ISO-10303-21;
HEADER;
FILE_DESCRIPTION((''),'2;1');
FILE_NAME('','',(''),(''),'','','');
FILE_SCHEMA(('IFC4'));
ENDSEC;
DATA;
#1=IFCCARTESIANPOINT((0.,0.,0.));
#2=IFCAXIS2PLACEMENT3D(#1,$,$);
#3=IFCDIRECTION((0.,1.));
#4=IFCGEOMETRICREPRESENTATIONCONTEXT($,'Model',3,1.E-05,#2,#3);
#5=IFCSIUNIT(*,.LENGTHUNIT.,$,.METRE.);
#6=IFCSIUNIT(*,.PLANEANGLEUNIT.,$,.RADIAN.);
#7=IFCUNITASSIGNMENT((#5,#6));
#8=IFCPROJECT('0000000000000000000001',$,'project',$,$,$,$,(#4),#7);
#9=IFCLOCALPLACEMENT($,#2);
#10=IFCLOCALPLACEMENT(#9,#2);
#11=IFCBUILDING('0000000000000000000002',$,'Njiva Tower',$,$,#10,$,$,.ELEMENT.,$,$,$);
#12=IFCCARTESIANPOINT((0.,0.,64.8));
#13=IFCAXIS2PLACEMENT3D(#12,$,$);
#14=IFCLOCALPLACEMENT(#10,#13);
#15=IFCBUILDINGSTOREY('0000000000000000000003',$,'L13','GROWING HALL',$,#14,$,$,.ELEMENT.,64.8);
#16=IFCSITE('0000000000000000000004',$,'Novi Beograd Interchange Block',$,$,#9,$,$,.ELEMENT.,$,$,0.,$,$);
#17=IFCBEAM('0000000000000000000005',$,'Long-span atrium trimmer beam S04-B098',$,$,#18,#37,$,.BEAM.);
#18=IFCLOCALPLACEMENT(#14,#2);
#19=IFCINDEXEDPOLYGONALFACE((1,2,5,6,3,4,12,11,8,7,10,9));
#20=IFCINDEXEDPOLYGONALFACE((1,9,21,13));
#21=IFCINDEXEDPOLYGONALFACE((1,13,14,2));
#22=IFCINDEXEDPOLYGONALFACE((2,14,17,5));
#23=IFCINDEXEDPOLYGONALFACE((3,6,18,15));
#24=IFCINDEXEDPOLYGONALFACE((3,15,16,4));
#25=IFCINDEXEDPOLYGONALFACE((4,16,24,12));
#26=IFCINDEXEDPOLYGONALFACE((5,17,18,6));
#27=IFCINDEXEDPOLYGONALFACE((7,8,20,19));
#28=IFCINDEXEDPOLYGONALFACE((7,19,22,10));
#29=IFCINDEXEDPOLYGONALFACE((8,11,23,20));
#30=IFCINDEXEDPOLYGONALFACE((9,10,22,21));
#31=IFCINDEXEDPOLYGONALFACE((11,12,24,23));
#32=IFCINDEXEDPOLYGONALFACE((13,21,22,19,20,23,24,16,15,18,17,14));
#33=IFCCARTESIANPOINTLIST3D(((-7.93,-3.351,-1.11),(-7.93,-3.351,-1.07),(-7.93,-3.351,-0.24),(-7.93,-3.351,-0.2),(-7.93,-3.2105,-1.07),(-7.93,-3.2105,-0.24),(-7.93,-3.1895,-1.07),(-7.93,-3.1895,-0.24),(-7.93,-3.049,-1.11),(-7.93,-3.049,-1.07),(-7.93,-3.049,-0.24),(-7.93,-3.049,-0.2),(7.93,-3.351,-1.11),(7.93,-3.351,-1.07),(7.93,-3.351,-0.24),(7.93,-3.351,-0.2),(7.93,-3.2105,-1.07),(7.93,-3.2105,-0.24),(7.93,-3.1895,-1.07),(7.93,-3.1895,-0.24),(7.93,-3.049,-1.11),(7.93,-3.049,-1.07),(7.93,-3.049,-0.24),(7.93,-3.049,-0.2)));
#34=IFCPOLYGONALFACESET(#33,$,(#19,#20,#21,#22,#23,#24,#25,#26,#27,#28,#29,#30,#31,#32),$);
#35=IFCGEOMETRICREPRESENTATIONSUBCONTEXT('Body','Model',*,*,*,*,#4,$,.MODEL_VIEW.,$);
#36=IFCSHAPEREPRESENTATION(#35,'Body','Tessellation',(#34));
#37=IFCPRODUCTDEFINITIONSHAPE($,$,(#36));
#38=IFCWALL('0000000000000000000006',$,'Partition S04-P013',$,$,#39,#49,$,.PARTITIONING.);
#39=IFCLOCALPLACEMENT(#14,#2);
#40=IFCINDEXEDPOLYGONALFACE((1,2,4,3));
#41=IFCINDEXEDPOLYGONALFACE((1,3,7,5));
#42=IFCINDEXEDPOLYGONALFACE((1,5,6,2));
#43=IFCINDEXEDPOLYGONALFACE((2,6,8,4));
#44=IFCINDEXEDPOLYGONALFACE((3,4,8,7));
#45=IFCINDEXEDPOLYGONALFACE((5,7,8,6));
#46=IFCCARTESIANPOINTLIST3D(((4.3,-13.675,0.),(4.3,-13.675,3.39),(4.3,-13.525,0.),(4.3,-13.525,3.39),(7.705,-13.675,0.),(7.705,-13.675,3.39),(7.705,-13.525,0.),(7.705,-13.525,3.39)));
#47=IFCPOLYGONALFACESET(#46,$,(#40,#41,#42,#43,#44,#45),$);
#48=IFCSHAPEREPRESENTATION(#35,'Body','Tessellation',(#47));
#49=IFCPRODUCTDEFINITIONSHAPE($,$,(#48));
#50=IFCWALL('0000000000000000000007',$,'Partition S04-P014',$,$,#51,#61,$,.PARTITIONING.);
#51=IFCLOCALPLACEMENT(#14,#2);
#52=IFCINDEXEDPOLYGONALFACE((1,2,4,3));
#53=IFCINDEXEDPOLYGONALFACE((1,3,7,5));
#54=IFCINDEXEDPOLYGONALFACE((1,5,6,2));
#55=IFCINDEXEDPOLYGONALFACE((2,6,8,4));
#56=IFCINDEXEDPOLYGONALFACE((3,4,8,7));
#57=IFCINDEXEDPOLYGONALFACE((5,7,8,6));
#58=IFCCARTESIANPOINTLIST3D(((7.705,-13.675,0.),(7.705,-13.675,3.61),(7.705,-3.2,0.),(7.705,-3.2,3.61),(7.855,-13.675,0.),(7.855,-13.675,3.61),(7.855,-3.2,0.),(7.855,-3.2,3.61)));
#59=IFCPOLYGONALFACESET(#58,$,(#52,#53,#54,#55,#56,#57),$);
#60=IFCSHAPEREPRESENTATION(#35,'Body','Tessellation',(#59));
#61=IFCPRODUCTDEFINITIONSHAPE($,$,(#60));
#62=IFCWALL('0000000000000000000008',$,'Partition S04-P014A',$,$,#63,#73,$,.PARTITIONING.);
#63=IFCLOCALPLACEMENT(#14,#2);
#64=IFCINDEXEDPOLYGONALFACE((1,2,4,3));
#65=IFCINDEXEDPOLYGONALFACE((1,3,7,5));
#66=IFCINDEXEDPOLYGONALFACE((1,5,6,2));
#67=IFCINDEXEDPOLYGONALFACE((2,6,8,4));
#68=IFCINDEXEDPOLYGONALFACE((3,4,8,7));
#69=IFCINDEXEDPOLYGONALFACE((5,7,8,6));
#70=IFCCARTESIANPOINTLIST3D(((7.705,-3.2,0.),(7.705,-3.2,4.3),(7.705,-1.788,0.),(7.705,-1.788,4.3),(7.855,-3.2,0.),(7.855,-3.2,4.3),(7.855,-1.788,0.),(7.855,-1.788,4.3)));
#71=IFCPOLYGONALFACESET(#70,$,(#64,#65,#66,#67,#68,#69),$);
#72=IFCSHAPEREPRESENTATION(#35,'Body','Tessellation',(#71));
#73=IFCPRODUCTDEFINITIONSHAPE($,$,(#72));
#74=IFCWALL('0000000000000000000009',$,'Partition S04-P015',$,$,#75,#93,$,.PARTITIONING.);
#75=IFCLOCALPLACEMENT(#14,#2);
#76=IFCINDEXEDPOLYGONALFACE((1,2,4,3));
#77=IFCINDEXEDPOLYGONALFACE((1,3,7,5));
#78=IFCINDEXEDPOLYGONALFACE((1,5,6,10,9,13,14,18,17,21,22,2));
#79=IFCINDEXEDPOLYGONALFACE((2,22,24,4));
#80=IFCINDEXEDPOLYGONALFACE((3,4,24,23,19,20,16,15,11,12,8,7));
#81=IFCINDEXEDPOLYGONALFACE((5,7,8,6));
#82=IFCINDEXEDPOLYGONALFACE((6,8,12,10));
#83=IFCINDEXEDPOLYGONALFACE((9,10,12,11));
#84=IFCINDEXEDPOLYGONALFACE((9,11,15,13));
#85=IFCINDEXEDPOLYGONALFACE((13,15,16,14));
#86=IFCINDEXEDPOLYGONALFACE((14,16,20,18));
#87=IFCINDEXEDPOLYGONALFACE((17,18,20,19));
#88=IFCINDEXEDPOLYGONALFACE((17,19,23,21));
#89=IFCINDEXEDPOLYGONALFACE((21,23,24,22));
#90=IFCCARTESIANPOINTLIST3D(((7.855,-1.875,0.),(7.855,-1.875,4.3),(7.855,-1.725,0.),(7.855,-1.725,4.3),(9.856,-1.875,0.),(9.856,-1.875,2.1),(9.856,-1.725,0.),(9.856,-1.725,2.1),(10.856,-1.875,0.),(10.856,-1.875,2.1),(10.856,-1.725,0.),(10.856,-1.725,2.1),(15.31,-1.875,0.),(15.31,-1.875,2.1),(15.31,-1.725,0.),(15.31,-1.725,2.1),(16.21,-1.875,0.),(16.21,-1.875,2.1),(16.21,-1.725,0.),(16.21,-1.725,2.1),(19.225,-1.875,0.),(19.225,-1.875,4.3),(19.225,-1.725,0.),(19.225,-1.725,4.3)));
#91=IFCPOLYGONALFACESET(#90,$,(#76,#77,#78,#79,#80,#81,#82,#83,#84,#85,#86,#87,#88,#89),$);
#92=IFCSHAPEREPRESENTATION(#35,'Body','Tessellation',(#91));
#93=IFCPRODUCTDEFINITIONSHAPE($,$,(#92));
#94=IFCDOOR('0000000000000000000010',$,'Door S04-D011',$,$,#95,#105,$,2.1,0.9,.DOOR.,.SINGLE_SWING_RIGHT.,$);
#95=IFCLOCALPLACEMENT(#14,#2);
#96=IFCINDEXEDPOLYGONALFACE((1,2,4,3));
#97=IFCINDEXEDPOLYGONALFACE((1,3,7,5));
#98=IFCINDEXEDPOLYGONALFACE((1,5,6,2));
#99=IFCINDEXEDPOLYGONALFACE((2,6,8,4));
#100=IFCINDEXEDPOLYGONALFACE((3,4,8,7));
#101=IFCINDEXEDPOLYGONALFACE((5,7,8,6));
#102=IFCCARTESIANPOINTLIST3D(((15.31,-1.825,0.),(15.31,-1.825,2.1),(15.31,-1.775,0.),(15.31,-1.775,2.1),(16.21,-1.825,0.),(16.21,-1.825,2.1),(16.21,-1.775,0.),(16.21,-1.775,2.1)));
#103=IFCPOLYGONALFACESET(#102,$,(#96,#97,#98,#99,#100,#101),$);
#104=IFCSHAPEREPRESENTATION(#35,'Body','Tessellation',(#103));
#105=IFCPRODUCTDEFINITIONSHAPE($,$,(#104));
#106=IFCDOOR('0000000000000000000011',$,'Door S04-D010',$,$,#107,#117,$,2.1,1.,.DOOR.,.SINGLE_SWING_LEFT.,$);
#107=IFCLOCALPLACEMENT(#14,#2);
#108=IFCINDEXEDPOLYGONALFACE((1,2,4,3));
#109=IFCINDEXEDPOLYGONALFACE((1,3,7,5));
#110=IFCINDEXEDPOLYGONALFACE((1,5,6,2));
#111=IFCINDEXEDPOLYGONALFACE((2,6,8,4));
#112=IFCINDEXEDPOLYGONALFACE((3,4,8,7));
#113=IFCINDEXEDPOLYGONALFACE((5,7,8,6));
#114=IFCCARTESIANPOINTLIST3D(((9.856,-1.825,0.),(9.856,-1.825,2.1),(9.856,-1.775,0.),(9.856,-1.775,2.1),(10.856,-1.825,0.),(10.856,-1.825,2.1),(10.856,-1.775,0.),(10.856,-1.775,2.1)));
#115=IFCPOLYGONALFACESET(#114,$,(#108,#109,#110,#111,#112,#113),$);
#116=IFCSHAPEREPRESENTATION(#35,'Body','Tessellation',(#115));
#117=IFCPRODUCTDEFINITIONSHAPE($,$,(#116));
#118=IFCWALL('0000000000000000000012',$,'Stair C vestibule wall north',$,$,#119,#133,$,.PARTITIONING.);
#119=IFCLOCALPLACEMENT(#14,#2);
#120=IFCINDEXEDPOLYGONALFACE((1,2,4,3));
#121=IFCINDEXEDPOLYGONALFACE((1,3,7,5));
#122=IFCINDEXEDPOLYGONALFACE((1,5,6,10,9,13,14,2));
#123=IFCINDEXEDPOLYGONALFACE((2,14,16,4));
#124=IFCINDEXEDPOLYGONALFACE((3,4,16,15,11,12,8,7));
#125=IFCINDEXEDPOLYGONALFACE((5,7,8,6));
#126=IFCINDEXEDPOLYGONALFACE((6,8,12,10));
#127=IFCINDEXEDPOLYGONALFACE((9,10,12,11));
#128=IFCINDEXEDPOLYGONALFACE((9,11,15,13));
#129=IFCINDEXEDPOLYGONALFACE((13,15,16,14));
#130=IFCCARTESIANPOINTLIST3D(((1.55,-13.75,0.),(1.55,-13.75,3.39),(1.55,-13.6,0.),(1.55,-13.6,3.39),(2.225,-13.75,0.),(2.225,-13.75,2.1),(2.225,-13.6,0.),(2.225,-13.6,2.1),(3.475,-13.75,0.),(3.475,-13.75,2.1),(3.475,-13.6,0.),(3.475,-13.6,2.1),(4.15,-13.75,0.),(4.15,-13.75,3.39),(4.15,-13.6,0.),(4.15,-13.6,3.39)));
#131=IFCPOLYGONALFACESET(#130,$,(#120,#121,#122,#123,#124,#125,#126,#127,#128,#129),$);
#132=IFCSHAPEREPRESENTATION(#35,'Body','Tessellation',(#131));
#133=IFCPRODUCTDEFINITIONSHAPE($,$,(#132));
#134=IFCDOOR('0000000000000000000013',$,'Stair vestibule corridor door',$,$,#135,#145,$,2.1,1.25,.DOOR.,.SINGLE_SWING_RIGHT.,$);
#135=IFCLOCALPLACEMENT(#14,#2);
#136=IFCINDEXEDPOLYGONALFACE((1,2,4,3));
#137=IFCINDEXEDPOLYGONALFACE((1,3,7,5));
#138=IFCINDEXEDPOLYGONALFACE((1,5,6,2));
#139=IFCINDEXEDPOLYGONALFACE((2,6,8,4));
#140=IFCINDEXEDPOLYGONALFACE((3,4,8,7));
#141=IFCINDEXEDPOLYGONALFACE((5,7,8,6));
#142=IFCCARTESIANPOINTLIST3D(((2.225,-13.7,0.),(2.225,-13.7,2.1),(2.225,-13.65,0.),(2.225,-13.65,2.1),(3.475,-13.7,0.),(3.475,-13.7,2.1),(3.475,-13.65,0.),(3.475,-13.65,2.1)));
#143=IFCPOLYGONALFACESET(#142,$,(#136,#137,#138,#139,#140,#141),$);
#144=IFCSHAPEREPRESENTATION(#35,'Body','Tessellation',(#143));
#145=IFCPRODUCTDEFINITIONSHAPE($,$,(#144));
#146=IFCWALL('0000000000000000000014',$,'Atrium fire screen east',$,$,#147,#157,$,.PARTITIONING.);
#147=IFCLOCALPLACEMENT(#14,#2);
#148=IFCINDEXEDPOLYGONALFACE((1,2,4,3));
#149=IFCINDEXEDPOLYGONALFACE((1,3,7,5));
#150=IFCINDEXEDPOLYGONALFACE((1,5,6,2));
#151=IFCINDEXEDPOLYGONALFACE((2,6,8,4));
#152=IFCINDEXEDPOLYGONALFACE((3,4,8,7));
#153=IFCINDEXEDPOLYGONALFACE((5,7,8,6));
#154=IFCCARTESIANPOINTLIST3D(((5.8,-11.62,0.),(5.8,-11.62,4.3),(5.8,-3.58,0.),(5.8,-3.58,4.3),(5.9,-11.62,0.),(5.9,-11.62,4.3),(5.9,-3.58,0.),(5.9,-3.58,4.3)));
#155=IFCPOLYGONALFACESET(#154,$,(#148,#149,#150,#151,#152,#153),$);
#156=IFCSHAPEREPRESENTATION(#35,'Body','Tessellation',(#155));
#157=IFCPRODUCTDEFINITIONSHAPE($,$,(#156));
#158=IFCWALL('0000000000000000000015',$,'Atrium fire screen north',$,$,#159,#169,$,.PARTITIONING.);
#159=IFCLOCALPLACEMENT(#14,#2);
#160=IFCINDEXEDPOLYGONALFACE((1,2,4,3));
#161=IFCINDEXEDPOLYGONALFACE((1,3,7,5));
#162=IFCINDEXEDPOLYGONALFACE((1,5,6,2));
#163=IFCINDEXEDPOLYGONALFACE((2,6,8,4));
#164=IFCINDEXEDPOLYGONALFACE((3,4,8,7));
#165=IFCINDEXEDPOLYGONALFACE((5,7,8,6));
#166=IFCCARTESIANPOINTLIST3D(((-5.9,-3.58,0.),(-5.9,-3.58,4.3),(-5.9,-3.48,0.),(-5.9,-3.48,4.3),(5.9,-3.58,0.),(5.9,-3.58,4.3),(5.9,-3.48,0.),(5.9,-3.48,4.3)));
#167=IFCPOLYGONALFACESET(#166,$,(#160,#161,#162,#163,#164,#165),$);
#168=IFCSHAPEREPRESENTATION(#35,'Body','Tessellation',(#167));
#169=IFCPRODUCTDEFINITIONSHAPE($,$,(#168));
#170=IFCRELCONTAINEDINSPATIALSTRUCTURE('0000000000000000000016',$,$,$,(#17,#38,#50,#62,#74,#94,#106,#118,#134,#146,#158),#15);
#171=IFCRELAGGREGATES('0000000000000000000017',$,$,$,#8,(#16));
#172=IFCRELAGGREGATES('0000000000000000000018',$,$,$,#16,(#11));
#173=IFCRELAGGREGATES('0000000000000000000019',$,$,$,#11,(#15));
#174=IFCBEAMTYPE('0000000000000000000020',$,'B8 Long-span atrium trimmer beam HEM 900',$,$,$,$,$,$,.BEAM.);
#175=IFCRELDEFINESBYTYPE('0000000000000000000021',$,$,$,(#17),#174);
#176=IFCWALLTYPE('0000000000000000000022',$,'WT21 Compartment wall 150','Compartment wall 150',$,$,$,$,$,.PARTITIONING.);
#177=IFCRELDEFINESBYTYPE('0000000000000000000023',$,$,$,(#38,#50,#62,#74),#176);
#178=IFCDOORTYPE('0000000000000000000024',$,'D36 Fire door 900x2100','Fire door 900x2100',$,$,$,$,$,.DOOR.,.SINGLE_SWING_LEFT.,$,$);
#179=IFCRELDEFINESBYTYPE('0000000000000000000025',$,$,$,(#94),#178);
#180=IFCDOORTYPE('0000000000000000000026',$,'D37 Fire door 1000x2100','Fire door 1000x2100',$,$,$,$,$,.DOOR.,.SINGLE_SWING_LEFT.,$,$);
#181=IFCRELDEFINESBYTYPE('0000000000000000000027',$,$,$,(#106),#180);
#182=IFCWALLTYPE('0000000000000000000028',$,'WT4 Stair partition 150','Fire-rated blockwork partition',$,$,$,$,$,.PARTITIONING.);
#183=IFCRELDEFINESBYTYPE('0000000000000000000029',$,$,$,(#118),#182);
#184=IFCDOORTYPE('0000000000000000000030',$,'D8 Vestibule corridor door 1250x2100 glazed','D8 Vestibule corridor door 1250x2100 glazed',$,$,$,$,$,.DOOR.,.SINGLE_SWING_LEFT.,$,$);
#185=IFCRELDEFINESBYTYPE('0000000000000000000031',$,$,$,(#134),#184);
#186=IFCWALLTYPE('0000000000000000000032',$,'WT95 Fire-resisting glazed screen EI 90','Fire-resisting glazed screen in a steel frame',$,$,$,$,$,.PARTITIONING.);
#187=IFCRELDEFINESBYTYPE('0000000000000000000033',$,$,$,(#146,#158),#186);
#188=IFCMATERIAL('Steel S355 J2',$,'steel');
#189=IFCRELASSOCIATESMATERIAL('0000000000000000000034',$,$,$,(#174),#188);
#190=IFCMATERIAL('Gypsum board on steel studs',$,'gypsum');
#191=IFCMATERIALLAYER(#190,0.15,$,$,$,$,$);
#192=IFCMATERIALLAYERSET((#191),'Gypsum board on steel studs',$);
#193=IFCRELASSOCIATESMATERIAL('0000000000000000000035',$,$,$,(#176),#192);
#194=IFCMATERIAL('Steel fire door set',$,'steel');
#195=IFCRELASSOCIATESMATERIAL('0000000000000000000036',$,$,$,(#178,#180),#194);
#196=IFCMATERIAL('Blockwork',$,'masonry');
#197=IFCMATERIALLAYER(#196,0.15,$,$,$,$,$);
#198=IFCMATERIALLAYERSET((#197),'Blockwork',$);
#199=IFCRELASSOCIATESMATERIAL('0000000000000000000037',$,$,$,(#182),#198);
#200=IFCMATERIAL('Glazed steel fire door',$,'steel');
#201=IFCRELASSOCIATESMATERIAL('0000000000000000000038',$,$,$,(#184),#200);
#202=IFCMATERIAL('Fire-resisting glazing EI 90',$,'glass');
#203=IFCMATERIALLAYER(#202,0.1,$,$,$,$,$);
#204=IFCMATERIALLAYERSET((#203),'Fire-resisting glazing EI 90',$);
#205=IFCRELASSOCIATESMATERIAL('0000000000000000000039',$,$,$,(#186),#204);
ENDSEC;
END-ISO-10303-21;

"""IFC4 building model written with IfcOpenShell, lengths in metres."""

from ifc_helpers import new_model, si_unit, direction, frame, frame_2d, origin, origin_2d, place, context, subcontext, project, spatial, rectangle, i_section, extrude, material, layer, layer_set, material_profile, profile_set, type_object, element, fill, save


model = new_model("IFC4")

# Units and contexts
model_context = context("Model", 3, precision=1e-05, world=origin(), true_north=direction((0.0, 1.0)))
body_context = subcontext(model_context, "Body", "Model", "MODEL_VIEW")
ifc_project = project(units=[si_unit("LENGTHUNIT", "METRE"), si_unit("PLANEANGLEUNIT", "RADIAN")], contexts=[model_context])

# Site, building, storey
site_placement = place(None, origin())
site = spatial("IfcSite", under=ifc_project, at=site_placement, Name="Novi Beograd Interchange Block", CompositionType="ELEMENT", RefElevation=0.0)
building_placement = place(site_placement, origin())
building = spatial("IfcBuilding", under=site, at=building_placement, Name="Njiva Tower", CompositionType="ELEMENT")
storey_placement = place(building_placement, frame((0.0, 0.0, 64.8)))
storey = spatial("IfcBuildingStorey", under=building, at=storey_placement, Name="L13", Description="GROWING HALL", CompositionType="ELEMENT", Elevation=64.8)

# Shared definitions
ifc_material_1 = material(Name="Steel S355 J2", Category="steel")

# Beam
ifc_material_profile_1 = material_profile(ifc_material_1, i_section(OverallWidth=0.302, OverallDepth=0.91, WebThickness=0.021, FlangeThickness=0.04, at=origin_2d()), Name="HEM 900")
ifc_profile_set_1 = profile_set([ifc_material_profile_1], Name="Steel S355 J2")
beam_type_1 = type_object("IfcBeamType", Name="B8 Long-span atrium trimmer beam HEM 900", PredefinedType="BEAM", material=ifc_profile_set_1)
beam_1_placement = place(storey_placement, frame((7.93, -3.2, -0.655), z_axis=(-1.0, 0.0, 0.0), x_axis=(0.0, -1.0, 0.0)))
element("IfcBeam", 1, at=beam_1_placement, inside=storey, type_object=beam_type_1, Name="Long-span atrium trimmer beam S04-B098", PredefinedType="BEAM", context=body_context, shape_type="SweptSolid", body=[
    extrude(i_section(OverallWidth=0.302, OverallDepth=0.91, WebThickness=0.021, FlangeThickness=0.04, at=origin_2d()), origin(), (0.0, 0.0, 1.0), 15.86),
])

# Walls
ifc_material_2 = material(Name="Gypsum board on steel studs", Category="gypsum")
ifc_layer_1 = layer(ifc_material_2, 0.15)
ifc_layer_set_1 = layer_set([ifc_layer_1], Name="Gypsum board on steel studs")
wall_type_1 = type_object("IfcWallType", Name="WT21 Compartment wall 150", Description="Compartment wall 150", PredefinedType="PARTITIONING", material=ifc_layer_set_1)
wall_1_placement = place(storey_placement, frame((4.3, -13.6, 0.0), z_axis=(0.0, 0.0, 1.0), x_axis=(1.0, 0.0, 0.0)))
element("IfcWall", 2, at=wall_1_placement, inside=storey, type_object=wall_type_1, Name="Partition S04-P013", PredefinedType="PARTITIONING", context=body_context, shape_type="SweptSolid", body=[
    extrude(rectangle(XDim=3.405, YDim=0.15, at=frame_2d((1.7025, 0.0))), origin(), (0.0, 0.0, 1.0), 3.39),
])
wall_2_placement = place(storey_placement, frame((7.78, -13.675, 0.0), z_axis=(0.0, 0.0, 1.0), x_axis=(0.0, 1.0, 0.0)))
element("IfcWall", 3, at=wall_2_placement, inside=storey, type_object=wall_type_1, Name="Partition S04-P014", PredefinedType="PARTITIONING", context=body_context, shape_type="SweptSolid", body=[
    extrude(rectangle(XDim=10.475, YDim=0.15, at=frame_2d((5.2375, 0.0))), origin(), (0.0, 0.0, 1.0), 3.61),
])
wall_3_placement = place(storey_placement, frame((7.78, -3.2, 0.0), z_axis=(0.0, 0.0, 1.0), x_axis=(0.0, 1.0, 0.0)))
element("IfcWall", 4, at=wall_3_placement, inside=storey, type_object=wall_type_1, Name="Partition S04-P014A", PredefinedType="PARTITIONING", context=body_context, shape_type="SweptSolid", body=[
    extrude(rectangle(XDim=1.412, YDim=0.15, at=frame_2d((0.706, 0.0))), origin(), (0.0, 0.0, 1.0), 4.3),
])

# Wall, openings, doors
wall_4_placement = place(storey_placement, frame((7.855, -1.8, 0.0), z_axis=(0.0, 0.0, 1.0), x_axis=(1.0, 0.0, 0.0)))
wall_4 = element("IfcWall", 5, at=wall_4_placement, inside=storey, type_object=wall_type_1, Name="Partition S04-P015", PredefinedType="PARTITIONING", context=body_context, shape_type="SweptSolid", body=[
    extrude(rectangle(XDim=11.37, YDim=0.15, at=frame_2d((5.685, 0.0))), origin(), (0.0, 0.0, 1.0), 4.3),
])
opening_1_placement = place(wall_4_placement, frame((2.001, 0.0, 0.0)))
opening_1 = element("IfcOpeningElement", 6, at=opening_1_placement, cuts=wall_4, PredefinedType="OPENING", context=body_context, shape_type="SweptSolid", body=[
    extrude(rectangle(XDim=1.0, YDim=2.1, at=frame_2d((0.5, 1.05))), frame((0.0, 0.085, 0.0), z_axis=(0.0, -1.0, 0.0), x_axis=(1.0, 0.0, 0.0)), (0.0, 0.0, 1.0), 0.17),
])
opening_2_placement = place(wall_4_placement, frame((7.455, 0.0, 0.0)))
opening_2 = element("IfcOpeningElement", 7, at=opening_2_placement, cuts=wall_4, PredefinedType="OPENING", context=body_context, shape_type="SweptSolid", body=[
    extrude(rectangle(XDim=0.9, YDim=2.1, at=frame_2d((0.45, 1.05))), frame((0.0, 0.085, 0.0), z_axis=(0.0, -1.0, 0.0), x_axis=(1.0, 0.0, 0.0)), (0.0, 0.0, 1.0), 0.17),
])
ifc_material_3 = material(Name="Steel fire door set", Category="steel")
door_type_1 = type_object("IfcDoorType", Name="D36 Fire door 900x2100", Description="Fire door 900x2100", OperationType="SINGLE_SWING_LEFT", PredefinedType="DOOR", material=ifc_material_3)
door_1_placement = place(opening_2_placement, origin())
door_1 = element("IfcDoor", 8, at=door_1_placement, inside=storey, type_object=door_type_1, Name="Door S04-D011", OperationType="SINGLE_SWING_RIGHT", OverallHeight=2.1, OverallWidth=0.9, PredefinedType="DOOR", context=body_context, shape_type="SweptSolid", body=[
    extrude(rectangle(XDim=0.9, YDim=2.1, at=frame_2d((0.45, 1.05))), frame((0.0, 0.025, 0.0), z_axis=(0.0, -1.0, 0.0), x_axis=(1.0, 0.0, 0.0)), (0.0, 0.0, 1.0), 0.05),
])
fill(opening_2, door_1)
door_type_2 = type_object("IfcDoorType", Name="D37 Fire door 1000x2100", Description="Fire door 1000x2100", OperationType="SINGLE_SWING_LEFT", PredefinedType="DOOR", material=ifc_material_3)
door_2_placement = place(opening_1_placement, origin())
door_2 = element("IfcDoor", 9, at=door_2_placement, inside=storey, type_object=door_type_2, Name="Door S04-D010", OperationType="SINGLE_SWING_LEFT", OverallHeight=2.1, OverallWidth=1.0, PredefinedType="DOOR", context=body_context, shape_type="SweptSolid", body=[
    extrude(rectangle(XDim=1.0, YDim=2.1, at=frame_2d((0.5, 1.05))), frame((0.0, 0.025, 0.0), z_axis=(0.0, -1.0, 0.0), x_axis=(1.0, 0.0, 0.0)), (0.0, 0.0, 1.0), 0.05),
])
fill(opening_1, door_2)

# Wall, opening, door
ifc_material_4 = material(Name="Blockwork", Category="masonry")
ifc_layer_2 = layer(ifc_material_4, 0.15)
ifc_layer_set_2 = layer_set([ifc_layer_2], Name="Blockwork")
wall_type_2 = type_object("IfcWallType", Name="WT4 Stair partition 150", Description="Fire-rated blockwork partition", PredefinedType="PARTITIONING", material=ifc_layer_set_2)
wall_5_placement = place(storey_placement, frame((1.55, -13.675, 0.0), z_axis=(0.0, 0.0, 1.0), x_axis=(1.0, 0.0, 0.0)))
wall_5 = element("IfcWall", 10, at=wall_5_placement, inside=storey, type_object=wall_type_2, Name="Stair C vestibule wall north", PredefinedType="PARTITIONING", context=body_context, shape_type="SweptSolid", body=[
    extrude(rectangle(XDim=2.6, YDim=0.15, at=frame_2d((1.3, 0.0))), origin(), (0.0, 0.0, 1.0), 3.39),
])
opening_3_placement = place(wall_5_placement, frame((0.675, 0.0, 0.0)))
opening_3 = element("IfcOpeningElement", 11, at=opening_3_placement, cuts=wall_5, PredefinedType="OPENING", context=body_context, shape_type="SweptSolid", body=[
    extrude(rectangle(XDim=1.25, YDim=2.1, at=frame_2d((0.625, 1.05))), frame((0.0, 0.085, 0.0), z_axis=(0.0, -1.0, 0.0), x_axis=(1.0, 0.0, 0.0)), (0.0, 0.0, 1.0), 0.17),
])
ifc_material_5 = material(Name="Glazed steel fire door", Category="steel")
door_type_3 = type_object("IfcDoorType", Name="D8 Vestibule corridor door 1250x2100 glazed", Description="D8 Vestibule corridor door 1250x2100 glazed", OperationType="SINGLE_SWING_LEFT", PredefinedType="DOOR", material=ifc_material_5)
door_3_placement = place(opening_3_placement, origin())
door_3 = element("IfcDoor", 12, at=door_3_placement, inside=storey, type_object=door_type_3, Name="Stair vestibule corridor door", OperationType="SINGLE_SWING_RIGHT", OverallHeight=2.1, OverallWidth=1.25, PredefinedType="DOOR", context=body_context, shape_type="SweptSolid", body=[
    extrude(rectangle(XDim=1.25, YDim=2.1, at=frame_2d((0.625, 1.05))), frame((0.0, 0.025, 0.0), z_axis=(0.0, -1.0, 0.0), x_axis=(1.0, 0.0, 0.0)), (0.0, 0.0, 1.0), 0.05),
])
fill(opening_3, door_3)

# Walls
ifc_material_6 = material(Name="Fire-resisting glazing EI 90", Category="glass")
ifc_layer_3 = layer(ifc_material_6, 0.1)
ifc_layer_set_3 = layer_set([ifc_layer_3], Name="Fire-resisting glazing EI 90")
wall_type_3 = type_object("IfcWallType", Name="WT95 Fire-resisting glazed screen EI 90", Description="Fire-resisting glazed screen in a steel frame", PredefinedType="PARTITIONING", material=ifc_layer_set_3)
wall_6_placement = place(storey_placement, frame((5.85, -11.62, 0.0), z_axis=(0.0, 0.0, 1.0), x_axis=(0.0, 1.0, 0.0)))
element("IfcWall", 13, at=wall_6_placement, inside=storey, type_object=wall_type_3, Name="Atrium fire screen east", PredefinedType="PARTITIONING", context=body_context, shape_type="SweptSolid", body=[
    extrude(rectangle(XDim=8.04, YDim=0.1, at=frame_2d((4.02, 0.0))), origin(), (0.0, 0.0, 1.0), 4.3),
])
wall_7_placement = place(storey_placement, frame((5.9, -3.53, 0.0), z_axis=(0.0, 0.0, 1.0), x_axis=(-1.0, 0.0, 0.0)))
element("IfcWall", 14, at=wall_7_placement, inside=storey, type_object=wall_type_3, Name="Atrium fire screen north", PredefinedType="PARTITIONING", context=body_context, shape_type="SweptSolid", body=[
    extrude(rectangle(XDim=11.8, YDim=0.1, at=frame_2d((5.9, 0.0))), origin(), (0.0, 0.0, 1.0), 4.3),
])

save(model, "model.ifc")
